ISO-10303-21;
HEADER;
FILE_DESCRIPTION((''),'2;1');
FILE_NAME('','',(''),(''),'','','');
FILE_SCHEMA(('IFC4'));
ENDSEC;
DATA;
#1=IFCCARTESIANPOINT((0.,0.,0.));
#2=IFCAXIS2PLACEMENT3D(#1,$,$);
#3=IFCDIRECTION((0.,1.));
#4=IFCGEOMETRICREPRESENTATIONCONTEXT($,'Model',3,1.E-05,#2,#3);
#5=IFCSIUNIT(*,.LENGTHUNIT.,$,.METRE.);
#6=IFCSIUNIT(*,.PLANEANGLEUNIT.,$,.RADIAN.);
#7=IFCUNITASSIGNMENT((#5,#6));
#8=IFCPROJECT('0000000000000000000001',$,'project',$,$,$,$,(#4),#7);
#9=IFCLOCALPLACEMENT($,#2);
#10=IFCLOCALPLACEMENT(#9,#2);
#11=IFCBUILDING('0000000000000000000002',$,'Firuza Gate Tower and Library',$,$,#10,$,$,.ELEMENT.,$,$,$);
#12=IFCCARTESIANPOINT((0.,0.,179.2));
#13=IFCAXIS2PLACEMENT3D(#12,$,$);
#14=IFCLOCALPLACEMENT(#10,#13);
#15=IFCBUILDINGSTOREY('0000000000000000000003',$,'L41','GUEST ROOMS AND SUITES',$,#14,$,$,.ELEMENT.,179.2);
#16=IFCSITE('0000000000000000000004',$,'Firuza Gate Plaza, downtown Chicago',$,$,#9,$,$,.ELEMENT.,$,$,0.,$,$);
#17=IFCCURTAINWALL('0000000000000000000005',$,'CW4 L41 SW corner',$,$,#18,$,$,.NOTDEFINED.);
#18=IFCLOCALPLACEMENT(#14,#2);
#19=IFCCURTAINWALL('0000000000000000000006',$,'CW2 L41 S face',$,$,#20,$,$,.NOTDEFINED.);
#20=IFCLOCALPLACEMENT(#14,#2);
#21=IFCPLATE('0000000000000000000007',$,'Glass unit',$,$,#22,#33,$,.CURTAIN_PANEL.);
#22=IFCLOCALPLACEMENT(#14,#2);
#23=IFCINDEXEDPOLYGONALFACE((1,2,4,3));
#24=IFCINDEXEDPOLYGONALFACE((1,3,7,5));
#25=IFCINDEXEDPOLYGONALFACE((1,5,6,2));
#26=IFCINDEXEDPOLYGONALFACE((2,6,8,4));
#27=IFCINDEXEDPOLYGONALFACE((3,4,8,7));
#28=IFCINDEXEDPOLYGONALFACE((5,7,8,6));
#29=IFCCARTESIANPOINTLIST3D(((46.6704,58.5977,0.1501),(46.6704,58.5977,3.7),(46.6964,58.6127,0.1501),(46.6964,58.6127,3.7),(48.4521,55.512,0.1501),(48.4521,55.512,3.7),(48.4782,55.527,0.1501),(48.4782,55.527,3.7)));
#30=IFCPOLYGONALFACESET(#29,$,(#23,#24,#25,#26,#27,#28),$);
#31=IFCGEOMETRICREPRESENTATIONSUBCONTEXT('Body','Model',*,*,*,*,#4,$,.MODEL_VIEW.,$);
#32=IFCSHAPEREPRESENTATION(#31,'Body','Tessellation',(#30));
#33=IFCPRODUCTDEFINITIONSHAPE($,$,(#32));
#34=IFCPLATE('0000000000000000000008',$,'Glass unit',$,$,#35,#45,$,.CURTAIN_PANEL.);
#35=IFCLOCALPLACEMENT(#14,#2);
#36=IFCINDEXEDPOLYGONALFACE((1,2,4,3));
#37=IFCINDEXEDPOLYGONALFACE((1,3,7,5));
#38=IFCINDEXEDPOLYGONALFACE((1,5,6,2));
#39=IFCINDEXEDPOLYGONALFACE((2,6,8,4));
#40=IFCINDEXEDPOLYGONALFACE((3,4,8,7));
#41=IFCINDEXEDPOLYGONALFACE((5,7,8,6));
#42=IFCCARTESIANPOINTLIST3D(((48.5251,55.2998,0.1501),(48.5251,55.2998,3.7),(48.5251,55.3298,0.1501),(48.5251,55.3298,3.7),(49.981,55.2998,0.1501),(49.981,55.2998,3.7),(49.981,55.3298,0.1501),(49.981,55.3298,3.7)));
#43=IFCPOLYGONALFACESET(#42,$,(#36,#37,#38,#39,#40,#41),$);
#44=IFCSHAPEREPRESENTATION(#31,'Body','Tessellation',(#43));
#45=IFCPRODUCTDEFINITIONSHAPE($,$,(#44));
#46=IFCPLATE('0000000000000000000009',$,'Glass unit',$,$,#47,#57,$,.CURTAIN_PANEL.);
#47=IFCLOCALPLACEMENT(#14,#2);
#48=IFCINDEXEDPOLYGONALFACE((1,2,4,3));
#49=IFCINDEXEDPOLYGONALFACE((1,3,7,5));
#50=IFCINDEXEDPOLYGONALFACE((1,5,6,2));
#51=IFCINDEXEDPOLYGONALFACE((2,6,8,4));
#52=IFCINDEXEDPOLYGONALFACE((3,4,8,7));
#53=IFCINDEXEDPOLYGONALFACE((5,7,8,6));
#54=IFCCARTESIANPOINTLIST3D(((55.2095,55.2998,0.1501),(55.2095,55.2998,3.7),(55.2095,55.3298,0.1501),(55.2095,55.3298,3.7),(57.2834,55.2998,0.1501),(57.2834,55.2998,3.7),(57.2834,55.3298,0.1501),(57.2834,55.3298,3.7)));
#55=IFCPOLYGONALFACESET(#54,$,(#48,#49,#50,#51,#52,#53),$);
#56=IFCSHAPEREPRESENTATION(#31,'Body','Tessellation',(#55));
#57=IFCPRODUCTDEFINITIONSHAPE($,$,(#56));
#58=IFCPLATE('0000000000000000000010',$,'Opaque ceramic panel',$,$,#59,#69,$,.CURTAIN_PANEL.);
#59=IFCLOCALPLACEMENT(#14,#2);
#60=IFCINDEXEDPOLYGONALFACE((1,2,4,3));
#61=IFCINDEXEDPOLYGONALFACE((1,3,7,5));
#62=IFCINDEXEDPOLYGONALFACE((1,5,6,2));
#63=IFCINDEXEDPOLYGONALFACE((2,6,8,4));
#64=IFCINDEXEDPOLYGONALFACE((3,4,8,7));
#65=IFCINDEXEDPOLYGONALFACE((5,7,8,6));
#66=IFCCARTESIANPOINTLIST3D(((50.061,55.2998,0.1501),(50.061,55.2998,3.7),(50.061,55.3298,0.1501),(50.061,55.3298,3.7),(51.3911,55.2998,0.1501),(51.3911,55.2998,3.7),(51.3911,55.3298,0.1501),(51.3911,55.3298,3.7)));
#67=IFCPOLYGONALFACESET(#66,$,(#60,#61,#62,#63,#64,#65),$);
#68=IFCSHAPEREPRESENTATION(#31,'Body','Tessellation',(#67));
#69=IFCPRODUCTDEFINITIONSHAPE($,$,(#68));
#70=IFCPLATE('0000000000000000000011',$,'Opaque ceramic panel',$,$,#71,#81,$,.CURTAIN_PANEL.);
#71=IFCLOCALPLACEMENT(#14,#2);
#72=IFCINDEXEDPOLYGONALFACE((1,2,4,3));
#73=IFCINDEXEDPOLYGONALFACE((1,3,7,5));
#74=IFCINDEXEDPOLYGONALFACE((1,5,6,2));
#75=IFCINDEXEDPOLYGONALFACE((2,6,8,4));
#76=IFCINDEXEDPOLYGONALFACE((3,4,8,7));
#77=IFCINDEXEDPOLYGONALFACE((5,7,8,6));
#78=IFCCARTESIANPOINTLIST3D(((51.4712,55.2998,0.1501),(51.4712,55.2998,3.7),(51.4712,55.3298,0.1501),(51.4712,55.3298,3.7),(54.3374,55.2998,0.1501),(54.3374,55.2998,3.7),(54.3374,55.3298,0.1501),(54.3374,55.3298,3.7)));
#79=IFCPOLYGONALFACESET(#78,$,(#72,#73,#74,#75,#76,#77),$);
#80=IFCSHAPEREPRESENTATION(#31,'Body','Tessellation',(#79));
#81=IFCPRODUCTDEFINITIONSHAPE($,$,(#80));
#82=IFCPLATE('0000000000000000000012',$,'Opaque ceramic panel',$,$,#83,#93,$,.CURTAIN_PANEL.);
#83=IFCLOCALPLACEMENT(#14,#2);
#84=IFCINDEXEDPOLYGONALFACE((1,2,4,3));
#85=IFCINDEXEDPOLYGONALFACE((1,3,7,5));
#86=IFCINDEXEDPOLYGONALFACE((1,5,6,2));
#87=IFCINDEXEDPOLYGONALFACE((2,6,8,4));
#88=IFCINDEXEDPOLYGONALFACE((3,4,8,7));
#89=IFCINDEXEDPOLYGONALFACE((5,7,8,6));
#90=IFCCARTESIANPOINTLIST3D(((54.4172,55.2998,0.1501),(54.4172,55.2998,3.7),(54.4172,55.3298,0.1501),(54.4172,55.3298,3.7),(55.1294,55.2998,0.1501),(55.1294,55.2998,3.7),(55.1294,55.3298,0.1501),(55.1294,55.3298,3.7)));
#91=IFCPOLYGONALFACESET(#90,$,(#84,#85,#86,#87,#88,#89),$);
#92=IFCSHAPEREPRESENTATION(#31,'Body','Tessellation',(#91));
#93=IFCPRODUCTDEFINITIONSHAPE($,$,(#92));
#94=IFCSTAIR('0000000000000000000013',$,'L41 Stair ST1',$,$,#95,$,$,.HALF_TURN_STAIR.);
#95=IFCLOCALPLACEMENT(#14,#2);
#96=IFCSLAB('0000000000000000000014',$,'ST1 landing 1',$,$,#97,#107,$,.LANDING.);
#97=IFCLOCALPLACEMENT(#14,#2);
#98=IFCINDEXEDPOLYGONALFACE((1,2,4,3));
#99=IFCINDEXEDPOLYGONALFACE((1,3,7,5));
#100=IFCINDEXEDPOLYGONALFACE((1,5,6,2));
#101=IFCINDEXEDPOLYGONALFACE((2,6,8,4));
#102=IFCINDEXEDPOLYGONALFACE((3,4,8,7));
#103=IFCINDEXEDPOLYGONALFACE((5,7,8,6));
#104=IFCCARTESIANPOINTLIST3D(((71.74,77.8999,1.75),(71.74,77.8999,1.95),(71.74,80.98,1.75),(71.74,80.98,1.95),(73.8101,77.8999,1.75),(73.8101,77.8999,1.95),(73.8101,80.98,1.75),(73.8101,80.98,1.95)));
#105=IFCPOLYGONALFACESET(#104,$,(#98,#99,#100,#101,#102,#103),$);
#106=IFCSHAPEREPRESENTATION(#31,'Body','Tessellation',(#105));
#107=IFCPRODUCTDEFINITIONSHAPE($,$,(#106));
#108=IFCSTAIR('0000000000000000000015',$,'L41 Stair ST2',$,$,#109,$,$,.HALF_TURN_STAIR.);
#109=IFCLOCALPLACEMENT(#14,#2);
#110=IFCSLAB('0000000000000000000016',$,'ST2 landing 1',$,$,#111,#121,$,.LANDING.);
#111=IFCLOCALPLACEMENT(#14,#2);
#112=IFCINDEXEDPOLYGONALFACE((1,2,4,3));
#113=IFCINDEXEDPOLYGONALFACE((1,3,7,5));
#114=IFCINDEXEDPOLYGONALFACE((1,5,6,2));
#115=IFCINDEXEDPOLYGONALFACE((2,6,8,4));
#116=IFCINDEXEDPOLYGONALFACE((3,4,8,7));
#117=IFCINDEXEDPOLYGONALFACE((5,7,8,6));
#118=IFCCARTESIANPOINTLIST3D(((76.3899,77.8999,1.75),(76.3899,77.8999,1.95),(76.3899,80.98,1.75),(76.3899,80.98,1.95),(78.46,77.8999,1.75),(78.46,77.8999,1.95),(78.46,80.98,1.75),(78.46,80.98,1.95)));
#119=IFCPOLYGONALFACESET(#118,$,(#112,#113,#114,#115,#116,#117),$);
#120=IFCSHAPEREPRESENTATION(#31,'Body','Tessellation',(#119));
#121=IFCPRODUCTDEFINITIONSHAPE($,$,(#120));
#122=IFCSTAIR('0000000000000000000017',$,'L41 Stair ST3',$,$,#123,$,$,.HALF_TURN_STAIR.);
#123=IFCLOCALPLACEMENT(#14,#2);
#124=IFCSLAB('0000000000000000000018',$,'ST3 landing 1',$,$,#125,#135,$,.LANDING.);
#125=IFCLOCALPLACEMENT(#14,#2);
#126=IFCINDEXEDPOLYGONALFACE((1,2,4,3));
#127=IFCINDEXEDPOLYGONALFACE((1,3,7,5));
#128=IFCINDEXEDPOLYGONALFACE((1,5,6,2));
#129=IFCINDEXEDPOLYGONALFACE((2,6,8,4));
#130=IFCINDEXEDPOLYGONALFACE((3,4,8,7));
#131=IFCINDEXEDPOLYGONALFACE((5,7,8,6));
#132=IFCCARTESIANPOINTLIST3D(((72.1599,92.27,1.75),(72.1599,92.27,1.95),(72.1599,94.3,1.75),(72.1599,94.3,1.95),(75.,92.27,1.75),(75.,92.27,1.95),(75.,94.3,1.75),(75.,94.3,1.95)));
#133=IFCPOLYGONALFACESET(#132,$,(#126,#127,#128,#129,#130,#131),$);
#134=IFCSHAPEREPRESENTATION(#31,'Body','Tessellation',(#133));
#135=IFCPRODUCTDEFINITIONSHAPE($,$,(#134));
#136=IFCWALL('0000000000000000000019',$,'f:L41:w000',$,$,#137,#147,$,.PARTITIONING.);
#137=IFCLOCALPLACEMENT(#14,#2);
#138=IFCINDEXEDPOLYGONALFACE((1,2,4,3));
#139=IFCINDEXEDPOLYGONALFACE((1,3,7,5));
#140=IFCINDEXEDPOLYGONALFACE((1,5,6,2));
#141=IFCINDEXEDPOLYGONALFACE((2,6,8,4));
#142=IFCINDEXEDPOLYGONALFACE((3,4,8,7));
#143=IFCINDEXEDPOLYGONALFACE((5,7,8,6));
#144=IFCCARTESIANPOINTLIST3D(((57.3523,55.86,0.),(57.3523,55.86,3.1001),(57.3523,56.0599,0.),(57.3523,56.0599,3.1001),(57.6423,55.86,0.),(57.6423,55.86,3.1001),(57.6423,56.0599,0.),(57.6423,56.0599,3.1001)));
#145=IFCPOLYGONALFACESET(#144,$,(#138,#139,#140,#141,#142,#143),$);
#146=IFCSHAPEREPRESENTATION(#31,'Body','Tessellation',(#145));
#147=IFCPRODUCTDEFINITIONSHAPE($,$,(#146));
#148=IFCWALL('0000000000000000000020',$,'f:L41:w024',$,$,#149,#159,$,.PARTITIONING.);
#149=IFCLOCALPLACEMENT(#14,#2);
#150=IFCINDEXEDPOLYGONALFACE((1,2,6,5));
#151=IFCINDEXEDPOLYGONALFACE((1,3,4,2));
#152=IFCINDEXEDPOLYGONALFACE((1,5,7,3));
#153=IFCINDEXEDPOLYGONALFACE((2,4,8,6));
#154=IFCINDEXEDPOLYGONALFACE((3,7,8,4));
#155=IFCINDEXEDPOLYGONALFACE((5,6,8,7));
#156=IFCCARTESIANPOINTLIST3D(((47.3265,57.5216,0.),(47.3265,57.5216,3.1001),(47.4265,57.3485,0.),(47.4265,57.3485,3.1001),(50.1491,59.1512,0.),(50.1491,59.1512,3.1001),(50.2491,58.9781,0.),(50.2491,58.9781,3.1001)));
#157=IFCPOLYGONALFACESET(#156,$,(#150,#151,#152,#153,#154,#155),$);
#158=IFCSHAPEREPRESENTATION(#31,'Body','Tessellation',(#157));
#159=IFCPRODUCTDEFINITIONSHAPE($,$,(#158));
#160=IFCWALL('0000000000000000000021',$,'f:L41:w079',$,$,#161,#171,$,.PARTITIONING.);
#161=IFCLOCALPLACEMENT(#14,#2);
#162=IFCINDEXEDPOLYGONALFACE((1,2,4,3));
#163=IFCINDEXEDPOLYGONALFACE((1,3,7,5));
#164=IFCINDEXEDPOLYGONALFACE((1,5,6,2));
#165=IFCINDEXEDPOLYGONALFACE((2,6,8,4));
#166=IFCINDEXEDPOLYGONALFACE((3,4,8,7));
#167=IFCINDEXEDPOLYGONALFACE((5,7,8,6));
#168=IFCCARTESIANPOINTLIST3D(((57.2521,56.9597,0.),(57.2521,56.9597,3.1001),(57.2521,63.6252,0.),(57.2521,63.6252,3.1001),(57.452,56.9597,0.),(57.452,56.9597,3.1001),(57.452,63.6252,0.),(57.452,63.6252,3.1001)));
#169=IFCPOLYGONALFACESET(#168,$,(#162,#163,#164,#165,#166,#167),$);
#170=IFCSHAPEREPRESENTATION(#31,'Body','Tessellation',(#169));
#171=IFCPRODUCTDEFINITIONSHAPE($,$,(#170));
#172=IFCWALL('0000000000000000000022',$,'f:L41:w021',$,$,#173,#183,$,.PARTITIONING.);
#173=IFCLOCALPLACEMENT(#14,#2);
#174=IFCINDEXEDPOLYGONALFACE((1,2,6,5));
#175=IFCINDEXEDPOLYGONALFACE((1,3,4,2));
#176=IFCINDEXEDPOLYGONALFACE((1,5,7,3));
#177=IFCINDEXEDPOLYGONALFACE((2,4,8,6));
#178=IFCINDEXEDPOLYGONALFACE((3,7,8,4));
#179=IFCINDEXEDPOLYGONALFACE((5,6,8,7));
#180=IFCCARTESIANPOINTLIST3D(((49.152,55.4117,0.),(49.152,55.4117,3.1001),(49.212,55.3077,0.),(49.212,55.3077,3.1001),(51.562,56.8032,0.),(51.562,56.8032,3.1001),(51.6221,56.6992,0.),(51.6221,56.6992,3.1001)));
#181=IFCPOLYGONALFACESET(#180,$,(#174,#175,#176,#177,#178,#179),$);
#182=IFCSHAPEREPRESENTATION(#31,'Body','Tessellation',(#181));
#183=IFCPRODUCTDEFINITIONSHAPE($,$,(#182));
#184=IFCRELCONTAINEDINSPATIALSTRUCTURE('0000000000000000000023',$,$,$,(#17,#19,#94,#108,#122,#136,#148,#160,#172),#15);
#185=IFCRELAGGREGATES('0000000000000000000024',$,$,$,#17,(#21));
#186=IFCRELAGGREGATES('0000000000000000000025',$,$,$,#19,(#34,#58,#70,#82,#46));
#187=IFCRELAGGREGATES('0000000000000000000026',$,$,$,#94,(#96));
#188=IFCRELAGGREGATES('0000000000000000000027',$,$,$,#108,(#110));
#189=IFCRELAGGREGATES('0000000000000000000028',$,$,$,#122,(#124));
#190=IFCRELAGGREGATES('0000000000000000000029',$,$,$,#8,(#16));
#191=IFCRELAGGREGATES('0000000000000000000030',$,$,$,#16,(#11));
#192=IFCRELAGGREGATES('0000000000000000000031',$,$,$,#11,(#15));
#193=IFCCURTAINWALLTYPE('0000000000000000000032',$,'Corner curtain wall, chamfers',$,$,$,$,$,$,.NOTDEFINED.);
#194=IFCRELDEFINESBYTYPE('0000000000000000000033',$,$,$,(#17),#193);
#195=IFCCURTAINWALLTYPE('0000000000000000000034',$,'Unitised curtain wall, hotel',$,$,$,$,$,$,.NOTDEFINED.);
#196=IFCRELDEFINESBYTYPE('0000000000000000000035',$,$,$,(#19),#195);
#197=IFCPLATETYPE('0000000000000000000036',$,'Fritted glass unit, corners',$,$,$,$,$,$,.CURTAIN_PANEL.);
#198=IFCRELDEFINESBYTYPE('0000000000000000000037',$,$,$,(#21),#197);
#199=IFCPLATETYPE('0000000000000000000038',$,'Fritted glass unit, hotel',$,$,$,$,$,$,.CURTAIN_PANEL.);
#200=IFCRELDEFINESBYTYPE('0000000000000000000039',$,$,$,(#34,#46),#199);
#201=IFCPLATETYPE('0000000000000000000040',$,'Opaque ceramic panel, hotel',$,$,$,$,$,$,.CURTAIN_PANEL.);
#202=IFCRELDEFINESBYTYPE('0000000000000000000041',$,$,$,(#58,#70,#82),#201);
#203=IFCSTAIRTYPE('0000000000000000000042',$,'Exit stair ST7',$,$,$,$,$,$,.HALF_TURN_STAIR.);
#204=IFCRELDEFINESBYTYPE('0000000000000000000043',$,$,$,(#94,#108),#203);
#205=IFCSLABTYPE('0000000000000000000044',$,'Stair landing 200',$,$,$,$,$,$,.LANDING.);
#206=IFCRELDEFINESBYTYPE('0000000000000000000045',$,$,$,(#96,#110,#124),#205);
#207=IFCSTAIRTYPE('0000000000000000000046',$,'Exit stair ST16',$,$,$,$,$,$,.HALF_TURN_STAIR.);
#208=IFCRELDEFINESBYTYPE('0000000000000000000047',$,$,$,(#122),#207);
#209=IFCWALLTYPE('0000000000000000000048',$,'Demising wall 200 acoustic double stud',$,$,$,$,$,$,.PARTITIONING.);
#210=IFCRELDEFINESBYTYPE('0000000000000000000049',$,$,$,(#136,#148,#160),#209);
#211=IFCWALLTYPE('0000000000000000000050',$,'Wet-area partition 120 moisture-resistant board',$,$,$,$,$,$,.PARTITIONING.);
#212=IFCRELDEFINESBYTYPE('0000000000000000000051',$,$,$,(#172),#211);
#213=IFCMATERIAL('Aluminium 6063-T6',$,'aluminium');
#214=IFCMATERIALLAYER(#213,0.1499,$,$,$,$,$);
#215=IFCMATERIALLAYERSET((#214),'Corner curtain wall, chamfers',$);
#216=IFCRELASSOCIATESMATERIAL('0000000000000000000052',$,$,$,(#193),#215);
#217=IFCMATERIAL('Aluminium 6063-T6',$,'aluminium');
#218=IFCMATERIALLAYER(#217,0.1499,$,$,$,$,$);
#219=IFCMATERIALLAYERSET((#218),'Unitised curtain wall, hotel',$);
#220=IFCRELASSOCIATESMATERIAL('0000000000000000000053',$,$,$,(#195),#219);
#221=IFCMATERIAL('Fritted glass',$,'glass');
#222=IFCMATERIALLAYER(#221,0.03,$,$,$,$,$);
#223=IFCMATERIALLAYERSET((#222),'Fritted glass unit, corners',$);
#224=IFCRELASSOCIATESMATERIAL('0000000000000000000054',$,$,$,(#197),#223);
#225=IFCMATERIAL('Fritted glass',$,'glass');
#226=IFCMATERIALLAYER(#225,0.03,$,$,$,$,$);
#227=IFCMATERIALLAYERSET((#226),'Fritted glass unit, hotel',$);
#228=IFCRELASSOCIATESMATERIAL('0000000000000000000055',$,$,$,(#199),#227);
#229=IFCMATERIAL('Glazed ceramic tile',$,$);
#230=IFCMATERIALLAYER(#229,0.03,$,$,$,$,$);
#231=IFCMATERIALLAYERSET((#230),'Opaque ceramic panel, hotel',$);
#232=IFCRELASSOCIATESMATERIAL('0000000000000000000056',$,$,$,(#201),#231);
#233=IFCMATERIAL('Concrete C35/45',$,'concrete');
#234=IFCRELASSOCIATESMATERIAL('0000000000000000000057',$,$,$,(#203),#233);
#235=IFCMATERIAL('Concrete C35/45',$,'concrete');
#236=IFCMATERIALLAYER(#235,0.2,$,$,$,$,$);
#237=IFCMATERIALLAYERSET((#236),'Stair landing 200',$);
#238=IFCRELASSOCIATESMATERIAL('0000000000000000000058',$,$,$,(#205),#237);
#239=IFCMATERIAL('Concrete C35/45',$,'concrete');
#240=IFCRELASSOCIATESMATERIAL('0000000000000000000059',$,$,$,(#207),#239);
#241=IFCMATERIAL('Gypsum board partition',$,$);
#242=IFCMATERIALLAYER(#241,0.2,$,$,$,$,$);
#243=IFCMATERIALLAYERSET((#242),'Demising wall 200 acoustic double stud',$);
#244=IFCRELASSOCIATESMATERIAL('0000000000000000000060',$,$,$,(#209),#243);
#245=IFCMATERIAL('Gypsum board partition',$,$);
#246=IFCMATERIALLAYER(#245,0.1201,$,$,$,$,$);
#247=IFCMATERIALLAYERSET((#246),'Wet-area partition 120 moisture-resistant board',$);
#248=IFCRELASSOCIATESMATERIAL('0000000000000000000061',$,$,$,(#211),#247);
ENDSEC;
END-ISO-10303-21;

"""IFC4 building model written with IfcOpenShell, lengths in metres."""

from ifc_helpers import new_model, si_unit, direction, frame, frame_2d, origin, place, context, subcontext, project, spatial, polyline, rectangle, outline, extrude, material, layer, layer_set, type_object, element, aggregate, save


model = new_model("IFC4")

# Units and contexts
model_context = context("Model", 3, precision=1e-05, world=origin(), true_north=direction((0.0, 1.0)))
body_context = subcontext(model_context, "Body", "Model", "MODEL_VIEW")
ifc_project = project(units=[si_unit("LENGTHUNIT", "METRE"), si_unit("PLANEANGLEUNIT", "RADIAN")], contexts=[model_context])

# Site, building, storey
site_placement = place(None, origin())
site = spatial("IfcSite", under=ifc_project, at=site_placement, Name="Firuza Gate Plaza, downtown Chicago", CompositionType="ELEMENT", RefElevation=0.0)
building_placement = place(site_placement, origin())
building = spatial("IfcBuilding", under=site, at=building_placement, Name="Firuza Gate Tower and Library", CompositionType="ELEMENT")
storey_placement = place(building_placement, frame((0.0, 0.0, 179.2)))
storey = spatial("IfcBuildingStorey", under=building, at=storey_placement, Name="L41", Description="GUEST ROOMS AND SUITES", CompositionType="ELEMENT", Elevation=179.2)

# Curtain walls
ifc_material_1 = material(Name="Aluminium 6063-T6", Category="aluminium")
ifc_layer_1 = layer(ifc_material_1, 0.1499)
ifc_layer_set_1 = layer_set([ifc_layer_1], Name="Corner curtain wall, chamfers")
curtain_wall_type_1 = type_object("IfcCurtainWallType", Name="Corner curtain wall, chamfers", PredefinedType="NOTDEFINED", material=ifc_layer_set_1)
placement_1 = place(storey_placement, origin())
curtain_wall_1 = element("IfcCurtainWall", 1, at=placement_1, inside=storey, type_object=curtain_wall_type_1, Name="CW4 L41 SW corner", PredefinedType="NOTDEFINED")
ifc_material_2 = material(Name="Aluminium 6063-T6", Category="aluminium")
ifc_layer_2 = layer(ifc_material_2, 0.1499)
ifc_layer_set_2 = layer_set([ifc_layer_2], Name="Unitised curtain wall, hotel")
curtain_wall_type_2 = type_object("IfcCurtainWallType", Name="Unitised curtain wall, hotel", PredefinedType="NOTDEFINED", material=ifc_layer_set_2)
curtain_wall_2 = element("IfcCurtainWall", 2, at=placement_1, inside=storey, type_object=curtain_wall_type_2, Name="CW2 L41 S face", PredefinedType="NOTDEFINED")

# Plates
ifc_material_3 = material(Name="Fritted glass", Category="glass")
ifc_layer_3 = layer(ifc_material_3, 0.03)
ifc_layer_set_3 = layer_set([ifc_layer_3], Name="Fritted glass unit, corners")
plate_type_1 = type_object("IfcPlateType", Name="Fritted glass unit, corners", PredefinedType="CURTAIN_PANEL", material=ifc_layer_set_3)
plate_1_placement = place(storey_placement, frame((46.6704, 58.5977, 0.1501), z_axis=(-0.866, -0.500045, 0.0), x_axis=(0.500045, -0.866, 0.0)))
plate_1 = element("IfcPlate", 3, at=plate_1_placement, type_object=plate_type_1, Name="Glass unit", PredefinedType="CURTAIN_PANEL", context=body_context, shape_type="SweptSolid", body=[
    extrude(outline(polyline([(0.0, 0.0), (3.5632, 0.0), (3.5632, 3.5498), (0.0, 3.5498), (0.0, 0.0)])), origin(), (0.0, 0.0, -1.0), 0.03),
])
aggregate(curtain_wall_1, [plate_1])
ifc_material_4 = material(Name="Fritted glass", Category="glass")
ifc_layer_4 = layer(ifc_material_4, 0.03)
ifc_layer_set_4 = layer_set([ifc_layer_4], Name="Fritted glass unit, hotel")
plate_type_2 = type_object("IfcPlateType", Name="Fritted glass unit, hotel", PredefinedType="CURTAIN_PANEL", material=ifc_layer_set_4)
plate_2_placement = place(storey_placement, frame((48.5251, 55.2998, 0.1501), z_axis=(0.0, -1.0, 0.0), x_axis=(1.0, 0.0, 0.0)))
plate_2 = element("IfcPlate", 4, at=plate_2_placement, type_object=plate_type_2, Name="Glass unit", PredefinedType="CURTAIN_PANEL", context=body_context, shape_type="SweptSolid", body=[
    extrude(outline(polyline([(0.0, 0.0), (1.4558, 0.0), (1.4558, 3.5498), (0.0, 3.5498), (0.0, 0.0)])), origin(), (0.0, 0.0, -1.0), 0.03),
])
plate_3_placement = place(storey_placement, frame((55.2095, 55.2998, 0.1501), z_axis=(0.0, -1.0, 0.0), x_axis=(1.0, 0.0, 0.0)))
plate_3 = element("IfcPlate", 5, at=plate_3_placement, type_object=plate_type_2, Name="Glass unit", PredefinedType="CURTAIN_PANEL", context=body_context, shape_type="SweptSolid", body=[
    extrude(outline(polyline([(0.0, 0.0), (2.074, 0.0), (2.074, 3.5498), (0.0, 3.5498), (0.0, 0.0)])), origin(), (0.0, 0.0, -1.0), 0.03),
])
ifc_material_5 = material(Name="Glazed ceramic tile")
ifc_layer_5 = layer(ifc_material_5, 0.03)
ifc_layer_set_5 = layer_set([ifc_layer_5], Name="Opaque ceramic panel, hotel")
plate_type_3 = type_object("IfcPlateType", Name="Opaque ceramic panel, hotel", PredefinedType="CURTAIN_PANEL", material=ifc_layer_set_5)
plate_4_placement = place(storey_placement, frame((50.061, 55.2998, 0.1501), z_axis=(0.0, -1.0, 0.0), x_axis=(1.0, 0.0, 0.0)))
plate_4 = element("IfcPlate", 6, at=plate_4_placement, type_object=plate_type_3, Name="Opaque ceramic panel", PredefinedType="CURTAIN_PANEL", context=body_context, shape_type="SweptSolid", body=[
    extrude(outline(polyline([(0.0, 0.0), (1.3301, 0.0), (1.3301, 3.5498), (0.0, 3.5498), (0.0, 0.0)])), origin(), (0.0, 0.0, -1.0), 0.03),
])
plate_5_placement = place(storey_placement, frame((51.4712, 55.2998, 0.1501), z_axis=(0.0, -1.0, 0.0), x_axis=(1.0, 0.0, 0.0)))
plate_5 = element("IfcPlate", 7, at=plate_5_placement, type_object=plate_type_3, Name="Opaque ceramic panel", PredefinedType="CURTAIN_PANEL", context=body_context, shape_type="SweptSolid", body=[
    extrude(outline(polyline([(0.0, 0.0), (2.8662, 0.0), (2.8662, 3.5498), (0.0, 3.5498), (0.0, 0.0)])), origin(), (0.0, 0.0, -1.0), 0.03),
])
plate_6_placement = place(storey_placement, frame((54.4172, 55.2998, 0.1501), z_axis=(0.0, -1.0, 0.0), x_axis=(1.0, 0.0, 0.0)))
plate_6 = element("IfcPlate", 8, at=plate_6_placement, type_object=plate_type_3, Name="Opaque ceramic panel", PredefinedType="CURTAIN_PANEL", context=body_context, shape_type="SweptSolid", body=[
    extrude(outline(polyline([(0.0, 0.0), (0.7122, 0.0), (0.7122, 3.5498), (0.0, 3.5498), (0.0, 0.0)])), origin(), (0.0, 0.0, -1.0), 0.03),
])
aggregate(curtain_wall_2, [plate_2, plate_4, plate_5, plate_6, plate_3])

# Stairs, slabs
ifc_material_6 = material(Name="Concrete C35/45", Category="concrete")
stair_type_1 = type_object("IfcStairType", Name="Exit stair ST7", PredefinedType="HALF_TURN_STAIR", material=ifc_material_6)
stair_1 = element("IfcStair", 9, at=placement_1, inside=storey, type_object=stair_type_1, Name="L41 Stair ST1", PredefinedType="HALF_TURN_STAIR")
ifc_material_7 = material(Name="Concrete C35/45", Category="concrete")
ifc_layer_6 = layer(ifc_material_7, 0.2)
ifc_layer_set_6 = layer_set([ifc_layer_6], Name="Stair landing 200")
slab_type_1 = type_object("IfcSlabType", Name="Stair landing 200", PredefinedType="LANDING", material=ifc_layer_set_6)
placement_2 = place(storey_placement, frame((0.0, 0.0, 1.75)))
slab_1 = element("IfcSlab", 10, at=placement_2, type_object=slab_type_1, Name="ST1 landing 1", PredefinedType="LANDING", context=body_context, shape_type="SweptSolid", body=[
    extrude(outline(polyline([(71.74, 77.8999), (73.8101, 77.8999), (73.8101, 80.98), (71.74, 80.98), (71.74, 77.8999)])), origin(), (0.0, 0.0, 1.0), 0.2),
])
aggregate(stair_1, [slab_1])
stair_2 = element("IfcStair", 11, at=placement_1, inside=storey, type_object=stair_type_1, Name="L41 Stair ST2", PredefinedType="HALF_TURN_STAIR")
slab_2 = element("IfcSlab", 12, at=placement_2, type_object=slab_type_1, Name="ST2 landing 1", PredefinedType="LANDING", context=body_context, shape_type="SweptSolid", body=[
    extrude(outline(polyline([(78.46, 80.98), (76.3899, 80.98), (76.3899, 77.8999), (78.46, 77.8999), (78.46, 80.98)])), origin(), (0.0, 0.0, 1.0), 0.2),
])
aggregate(stair_2, [slab_2])
ifc_material_8 = material(Name="Concrete C35/45", Category="concrete")
stair_type_2 = type_object("IfcStairType", Name="Exit stair ST16", PredefinedType="HALF_TURN_STAIR", material=ifc_material_8)
stair_3 = element("IfcStair", 13, at=placement_1, inside=storey, type_object=stair_type_2, Name="L41 Stair ST3", PredefinedType="HALF_TURN_STAIR")
slab_3 = element("IfcSlab", 14, at=placement_2, type_object=slab_type_1, Name="ST3 landing 1", PredefinedType="LANDING", context=body_context, shape_type="SweptSolid", body=[
    extrude(outline(polyline([(75.0, 92.27), (75.0, 94.3), (72.1599, 94.3), (72.1599, 92.27), (75.0, 92.27)])), origin(), (0.0, 0.0, 1.0), 0.2),
])
aggregate(stair_3, [slab_3])

# Walls
ifc_material_9 = material(Name="Gypsum board partition")
ifc_layer_7 = layer(ifc_material_9, 0.2)
ifc_layer_set_7 = layer_set([ifc_layer_7], Name="Demising wall 200 acoustic double stud")
wall_type_1 = type_object("IfcWallType", Name="Demising wall 200 acoustic double stud", PredefinedType="PARTITIONING", material=ifc_layer_set_7)
wall_1_placement = place(storey_placement, frame((57.3523, 55.96, 0.0), z_axis=(0.0, 0.0, 1.0), x_axis=(1.0, 0.0, 0.0)))
element("IfcWall", 15, at=wall_1_placement, inside=storey, type_object=wall_type_1, Name="f:L41:w000", PredefinedType="PARTITIONING", context=body_context, shape_type="SweptSolid", body=[
    extrude(rectangle(XDim=0.29, YDim=0.2, at=frame_2d((0.145, 0.0))), origin(), (0.0, 0.0, 1.0), 3.1001),
])
wall_2_placement = place(storey_placement, frame((47.3765, 57.4351, 0.0), z_axis=(0.0, 0.0, 1.0), x_axis=(0.866036, 0.499982, 0.0)))
element("IfcWall", 16, at=wall_2_placement, inside=storey, type_object=wall_type_1, Name="f:L41:w024", PredefinedType="PARTITIONING", context=body_context, shape_type="SweptSolid", body=[
    extrude(rectangle(XDim=3.2593, YDim=0.2, at=frame_2d((1.6296, 0.0))), origin(), (0.0, 0.0, 1.0), 3.1001),
])
wall_3_placement = place(storey_placement, frame((57.3521, 56.9597, 0.0), z_axis=(0.0, 0.0, 1.0), x_axis=(0.0, 1.0, 0.0)))
element("IfcWall", 17, at=wall_3_placement, inside=storey, type_object=wall_type_1, Name="f:L41:w079", PredefinedType="PARTITIONING", context=body_context, shape_type="SweptSolid", body=[
    extrude(rectangle(XDim=6.6655, YDim=0.2, at=frame_2d((3.3328, 0.0))), origin(), (0.0, 0.0, 1.0), 3.1001),
])
ifc_material_10 = material(Name="Gypsum board partition")
ifc_layer_8 = layer(ifc_material_10, 0.1201)
ifc_layer_set_8 = layer_set([ifc_layer_8], Name="Wet-area partition 120 moisture-resistant board")
wall_type_2 = type_object("IfcWallType", Name="Wet-area partition 120 moisture-resistant board", PredefinedType="PARTITIONING", material=ifc_layer_set_8)
wall_4_placement = place(storey_placement, frame((49.1819, 55.3596, 0.0), z_axis=(0.0, 0.0, 1.0), x_axis=(0.86601, 0.500026, 0.0)))
element("IfcWall", 18, at=wall_4_placement, inside=storey, type_object=wall_type_2, Name="f:L41:w021", PredefinedType="PARTITIONING", context=body_context, shape_type="SweptSolid", body=[
    extrude(rectangle(XDim=2.783, YDim=0.1201, at=frame_2d((1.3916, 0.0))), origin(), (0.0, 0.0, 1.0), 3.1001),
])

save(model, "model.ifc")
